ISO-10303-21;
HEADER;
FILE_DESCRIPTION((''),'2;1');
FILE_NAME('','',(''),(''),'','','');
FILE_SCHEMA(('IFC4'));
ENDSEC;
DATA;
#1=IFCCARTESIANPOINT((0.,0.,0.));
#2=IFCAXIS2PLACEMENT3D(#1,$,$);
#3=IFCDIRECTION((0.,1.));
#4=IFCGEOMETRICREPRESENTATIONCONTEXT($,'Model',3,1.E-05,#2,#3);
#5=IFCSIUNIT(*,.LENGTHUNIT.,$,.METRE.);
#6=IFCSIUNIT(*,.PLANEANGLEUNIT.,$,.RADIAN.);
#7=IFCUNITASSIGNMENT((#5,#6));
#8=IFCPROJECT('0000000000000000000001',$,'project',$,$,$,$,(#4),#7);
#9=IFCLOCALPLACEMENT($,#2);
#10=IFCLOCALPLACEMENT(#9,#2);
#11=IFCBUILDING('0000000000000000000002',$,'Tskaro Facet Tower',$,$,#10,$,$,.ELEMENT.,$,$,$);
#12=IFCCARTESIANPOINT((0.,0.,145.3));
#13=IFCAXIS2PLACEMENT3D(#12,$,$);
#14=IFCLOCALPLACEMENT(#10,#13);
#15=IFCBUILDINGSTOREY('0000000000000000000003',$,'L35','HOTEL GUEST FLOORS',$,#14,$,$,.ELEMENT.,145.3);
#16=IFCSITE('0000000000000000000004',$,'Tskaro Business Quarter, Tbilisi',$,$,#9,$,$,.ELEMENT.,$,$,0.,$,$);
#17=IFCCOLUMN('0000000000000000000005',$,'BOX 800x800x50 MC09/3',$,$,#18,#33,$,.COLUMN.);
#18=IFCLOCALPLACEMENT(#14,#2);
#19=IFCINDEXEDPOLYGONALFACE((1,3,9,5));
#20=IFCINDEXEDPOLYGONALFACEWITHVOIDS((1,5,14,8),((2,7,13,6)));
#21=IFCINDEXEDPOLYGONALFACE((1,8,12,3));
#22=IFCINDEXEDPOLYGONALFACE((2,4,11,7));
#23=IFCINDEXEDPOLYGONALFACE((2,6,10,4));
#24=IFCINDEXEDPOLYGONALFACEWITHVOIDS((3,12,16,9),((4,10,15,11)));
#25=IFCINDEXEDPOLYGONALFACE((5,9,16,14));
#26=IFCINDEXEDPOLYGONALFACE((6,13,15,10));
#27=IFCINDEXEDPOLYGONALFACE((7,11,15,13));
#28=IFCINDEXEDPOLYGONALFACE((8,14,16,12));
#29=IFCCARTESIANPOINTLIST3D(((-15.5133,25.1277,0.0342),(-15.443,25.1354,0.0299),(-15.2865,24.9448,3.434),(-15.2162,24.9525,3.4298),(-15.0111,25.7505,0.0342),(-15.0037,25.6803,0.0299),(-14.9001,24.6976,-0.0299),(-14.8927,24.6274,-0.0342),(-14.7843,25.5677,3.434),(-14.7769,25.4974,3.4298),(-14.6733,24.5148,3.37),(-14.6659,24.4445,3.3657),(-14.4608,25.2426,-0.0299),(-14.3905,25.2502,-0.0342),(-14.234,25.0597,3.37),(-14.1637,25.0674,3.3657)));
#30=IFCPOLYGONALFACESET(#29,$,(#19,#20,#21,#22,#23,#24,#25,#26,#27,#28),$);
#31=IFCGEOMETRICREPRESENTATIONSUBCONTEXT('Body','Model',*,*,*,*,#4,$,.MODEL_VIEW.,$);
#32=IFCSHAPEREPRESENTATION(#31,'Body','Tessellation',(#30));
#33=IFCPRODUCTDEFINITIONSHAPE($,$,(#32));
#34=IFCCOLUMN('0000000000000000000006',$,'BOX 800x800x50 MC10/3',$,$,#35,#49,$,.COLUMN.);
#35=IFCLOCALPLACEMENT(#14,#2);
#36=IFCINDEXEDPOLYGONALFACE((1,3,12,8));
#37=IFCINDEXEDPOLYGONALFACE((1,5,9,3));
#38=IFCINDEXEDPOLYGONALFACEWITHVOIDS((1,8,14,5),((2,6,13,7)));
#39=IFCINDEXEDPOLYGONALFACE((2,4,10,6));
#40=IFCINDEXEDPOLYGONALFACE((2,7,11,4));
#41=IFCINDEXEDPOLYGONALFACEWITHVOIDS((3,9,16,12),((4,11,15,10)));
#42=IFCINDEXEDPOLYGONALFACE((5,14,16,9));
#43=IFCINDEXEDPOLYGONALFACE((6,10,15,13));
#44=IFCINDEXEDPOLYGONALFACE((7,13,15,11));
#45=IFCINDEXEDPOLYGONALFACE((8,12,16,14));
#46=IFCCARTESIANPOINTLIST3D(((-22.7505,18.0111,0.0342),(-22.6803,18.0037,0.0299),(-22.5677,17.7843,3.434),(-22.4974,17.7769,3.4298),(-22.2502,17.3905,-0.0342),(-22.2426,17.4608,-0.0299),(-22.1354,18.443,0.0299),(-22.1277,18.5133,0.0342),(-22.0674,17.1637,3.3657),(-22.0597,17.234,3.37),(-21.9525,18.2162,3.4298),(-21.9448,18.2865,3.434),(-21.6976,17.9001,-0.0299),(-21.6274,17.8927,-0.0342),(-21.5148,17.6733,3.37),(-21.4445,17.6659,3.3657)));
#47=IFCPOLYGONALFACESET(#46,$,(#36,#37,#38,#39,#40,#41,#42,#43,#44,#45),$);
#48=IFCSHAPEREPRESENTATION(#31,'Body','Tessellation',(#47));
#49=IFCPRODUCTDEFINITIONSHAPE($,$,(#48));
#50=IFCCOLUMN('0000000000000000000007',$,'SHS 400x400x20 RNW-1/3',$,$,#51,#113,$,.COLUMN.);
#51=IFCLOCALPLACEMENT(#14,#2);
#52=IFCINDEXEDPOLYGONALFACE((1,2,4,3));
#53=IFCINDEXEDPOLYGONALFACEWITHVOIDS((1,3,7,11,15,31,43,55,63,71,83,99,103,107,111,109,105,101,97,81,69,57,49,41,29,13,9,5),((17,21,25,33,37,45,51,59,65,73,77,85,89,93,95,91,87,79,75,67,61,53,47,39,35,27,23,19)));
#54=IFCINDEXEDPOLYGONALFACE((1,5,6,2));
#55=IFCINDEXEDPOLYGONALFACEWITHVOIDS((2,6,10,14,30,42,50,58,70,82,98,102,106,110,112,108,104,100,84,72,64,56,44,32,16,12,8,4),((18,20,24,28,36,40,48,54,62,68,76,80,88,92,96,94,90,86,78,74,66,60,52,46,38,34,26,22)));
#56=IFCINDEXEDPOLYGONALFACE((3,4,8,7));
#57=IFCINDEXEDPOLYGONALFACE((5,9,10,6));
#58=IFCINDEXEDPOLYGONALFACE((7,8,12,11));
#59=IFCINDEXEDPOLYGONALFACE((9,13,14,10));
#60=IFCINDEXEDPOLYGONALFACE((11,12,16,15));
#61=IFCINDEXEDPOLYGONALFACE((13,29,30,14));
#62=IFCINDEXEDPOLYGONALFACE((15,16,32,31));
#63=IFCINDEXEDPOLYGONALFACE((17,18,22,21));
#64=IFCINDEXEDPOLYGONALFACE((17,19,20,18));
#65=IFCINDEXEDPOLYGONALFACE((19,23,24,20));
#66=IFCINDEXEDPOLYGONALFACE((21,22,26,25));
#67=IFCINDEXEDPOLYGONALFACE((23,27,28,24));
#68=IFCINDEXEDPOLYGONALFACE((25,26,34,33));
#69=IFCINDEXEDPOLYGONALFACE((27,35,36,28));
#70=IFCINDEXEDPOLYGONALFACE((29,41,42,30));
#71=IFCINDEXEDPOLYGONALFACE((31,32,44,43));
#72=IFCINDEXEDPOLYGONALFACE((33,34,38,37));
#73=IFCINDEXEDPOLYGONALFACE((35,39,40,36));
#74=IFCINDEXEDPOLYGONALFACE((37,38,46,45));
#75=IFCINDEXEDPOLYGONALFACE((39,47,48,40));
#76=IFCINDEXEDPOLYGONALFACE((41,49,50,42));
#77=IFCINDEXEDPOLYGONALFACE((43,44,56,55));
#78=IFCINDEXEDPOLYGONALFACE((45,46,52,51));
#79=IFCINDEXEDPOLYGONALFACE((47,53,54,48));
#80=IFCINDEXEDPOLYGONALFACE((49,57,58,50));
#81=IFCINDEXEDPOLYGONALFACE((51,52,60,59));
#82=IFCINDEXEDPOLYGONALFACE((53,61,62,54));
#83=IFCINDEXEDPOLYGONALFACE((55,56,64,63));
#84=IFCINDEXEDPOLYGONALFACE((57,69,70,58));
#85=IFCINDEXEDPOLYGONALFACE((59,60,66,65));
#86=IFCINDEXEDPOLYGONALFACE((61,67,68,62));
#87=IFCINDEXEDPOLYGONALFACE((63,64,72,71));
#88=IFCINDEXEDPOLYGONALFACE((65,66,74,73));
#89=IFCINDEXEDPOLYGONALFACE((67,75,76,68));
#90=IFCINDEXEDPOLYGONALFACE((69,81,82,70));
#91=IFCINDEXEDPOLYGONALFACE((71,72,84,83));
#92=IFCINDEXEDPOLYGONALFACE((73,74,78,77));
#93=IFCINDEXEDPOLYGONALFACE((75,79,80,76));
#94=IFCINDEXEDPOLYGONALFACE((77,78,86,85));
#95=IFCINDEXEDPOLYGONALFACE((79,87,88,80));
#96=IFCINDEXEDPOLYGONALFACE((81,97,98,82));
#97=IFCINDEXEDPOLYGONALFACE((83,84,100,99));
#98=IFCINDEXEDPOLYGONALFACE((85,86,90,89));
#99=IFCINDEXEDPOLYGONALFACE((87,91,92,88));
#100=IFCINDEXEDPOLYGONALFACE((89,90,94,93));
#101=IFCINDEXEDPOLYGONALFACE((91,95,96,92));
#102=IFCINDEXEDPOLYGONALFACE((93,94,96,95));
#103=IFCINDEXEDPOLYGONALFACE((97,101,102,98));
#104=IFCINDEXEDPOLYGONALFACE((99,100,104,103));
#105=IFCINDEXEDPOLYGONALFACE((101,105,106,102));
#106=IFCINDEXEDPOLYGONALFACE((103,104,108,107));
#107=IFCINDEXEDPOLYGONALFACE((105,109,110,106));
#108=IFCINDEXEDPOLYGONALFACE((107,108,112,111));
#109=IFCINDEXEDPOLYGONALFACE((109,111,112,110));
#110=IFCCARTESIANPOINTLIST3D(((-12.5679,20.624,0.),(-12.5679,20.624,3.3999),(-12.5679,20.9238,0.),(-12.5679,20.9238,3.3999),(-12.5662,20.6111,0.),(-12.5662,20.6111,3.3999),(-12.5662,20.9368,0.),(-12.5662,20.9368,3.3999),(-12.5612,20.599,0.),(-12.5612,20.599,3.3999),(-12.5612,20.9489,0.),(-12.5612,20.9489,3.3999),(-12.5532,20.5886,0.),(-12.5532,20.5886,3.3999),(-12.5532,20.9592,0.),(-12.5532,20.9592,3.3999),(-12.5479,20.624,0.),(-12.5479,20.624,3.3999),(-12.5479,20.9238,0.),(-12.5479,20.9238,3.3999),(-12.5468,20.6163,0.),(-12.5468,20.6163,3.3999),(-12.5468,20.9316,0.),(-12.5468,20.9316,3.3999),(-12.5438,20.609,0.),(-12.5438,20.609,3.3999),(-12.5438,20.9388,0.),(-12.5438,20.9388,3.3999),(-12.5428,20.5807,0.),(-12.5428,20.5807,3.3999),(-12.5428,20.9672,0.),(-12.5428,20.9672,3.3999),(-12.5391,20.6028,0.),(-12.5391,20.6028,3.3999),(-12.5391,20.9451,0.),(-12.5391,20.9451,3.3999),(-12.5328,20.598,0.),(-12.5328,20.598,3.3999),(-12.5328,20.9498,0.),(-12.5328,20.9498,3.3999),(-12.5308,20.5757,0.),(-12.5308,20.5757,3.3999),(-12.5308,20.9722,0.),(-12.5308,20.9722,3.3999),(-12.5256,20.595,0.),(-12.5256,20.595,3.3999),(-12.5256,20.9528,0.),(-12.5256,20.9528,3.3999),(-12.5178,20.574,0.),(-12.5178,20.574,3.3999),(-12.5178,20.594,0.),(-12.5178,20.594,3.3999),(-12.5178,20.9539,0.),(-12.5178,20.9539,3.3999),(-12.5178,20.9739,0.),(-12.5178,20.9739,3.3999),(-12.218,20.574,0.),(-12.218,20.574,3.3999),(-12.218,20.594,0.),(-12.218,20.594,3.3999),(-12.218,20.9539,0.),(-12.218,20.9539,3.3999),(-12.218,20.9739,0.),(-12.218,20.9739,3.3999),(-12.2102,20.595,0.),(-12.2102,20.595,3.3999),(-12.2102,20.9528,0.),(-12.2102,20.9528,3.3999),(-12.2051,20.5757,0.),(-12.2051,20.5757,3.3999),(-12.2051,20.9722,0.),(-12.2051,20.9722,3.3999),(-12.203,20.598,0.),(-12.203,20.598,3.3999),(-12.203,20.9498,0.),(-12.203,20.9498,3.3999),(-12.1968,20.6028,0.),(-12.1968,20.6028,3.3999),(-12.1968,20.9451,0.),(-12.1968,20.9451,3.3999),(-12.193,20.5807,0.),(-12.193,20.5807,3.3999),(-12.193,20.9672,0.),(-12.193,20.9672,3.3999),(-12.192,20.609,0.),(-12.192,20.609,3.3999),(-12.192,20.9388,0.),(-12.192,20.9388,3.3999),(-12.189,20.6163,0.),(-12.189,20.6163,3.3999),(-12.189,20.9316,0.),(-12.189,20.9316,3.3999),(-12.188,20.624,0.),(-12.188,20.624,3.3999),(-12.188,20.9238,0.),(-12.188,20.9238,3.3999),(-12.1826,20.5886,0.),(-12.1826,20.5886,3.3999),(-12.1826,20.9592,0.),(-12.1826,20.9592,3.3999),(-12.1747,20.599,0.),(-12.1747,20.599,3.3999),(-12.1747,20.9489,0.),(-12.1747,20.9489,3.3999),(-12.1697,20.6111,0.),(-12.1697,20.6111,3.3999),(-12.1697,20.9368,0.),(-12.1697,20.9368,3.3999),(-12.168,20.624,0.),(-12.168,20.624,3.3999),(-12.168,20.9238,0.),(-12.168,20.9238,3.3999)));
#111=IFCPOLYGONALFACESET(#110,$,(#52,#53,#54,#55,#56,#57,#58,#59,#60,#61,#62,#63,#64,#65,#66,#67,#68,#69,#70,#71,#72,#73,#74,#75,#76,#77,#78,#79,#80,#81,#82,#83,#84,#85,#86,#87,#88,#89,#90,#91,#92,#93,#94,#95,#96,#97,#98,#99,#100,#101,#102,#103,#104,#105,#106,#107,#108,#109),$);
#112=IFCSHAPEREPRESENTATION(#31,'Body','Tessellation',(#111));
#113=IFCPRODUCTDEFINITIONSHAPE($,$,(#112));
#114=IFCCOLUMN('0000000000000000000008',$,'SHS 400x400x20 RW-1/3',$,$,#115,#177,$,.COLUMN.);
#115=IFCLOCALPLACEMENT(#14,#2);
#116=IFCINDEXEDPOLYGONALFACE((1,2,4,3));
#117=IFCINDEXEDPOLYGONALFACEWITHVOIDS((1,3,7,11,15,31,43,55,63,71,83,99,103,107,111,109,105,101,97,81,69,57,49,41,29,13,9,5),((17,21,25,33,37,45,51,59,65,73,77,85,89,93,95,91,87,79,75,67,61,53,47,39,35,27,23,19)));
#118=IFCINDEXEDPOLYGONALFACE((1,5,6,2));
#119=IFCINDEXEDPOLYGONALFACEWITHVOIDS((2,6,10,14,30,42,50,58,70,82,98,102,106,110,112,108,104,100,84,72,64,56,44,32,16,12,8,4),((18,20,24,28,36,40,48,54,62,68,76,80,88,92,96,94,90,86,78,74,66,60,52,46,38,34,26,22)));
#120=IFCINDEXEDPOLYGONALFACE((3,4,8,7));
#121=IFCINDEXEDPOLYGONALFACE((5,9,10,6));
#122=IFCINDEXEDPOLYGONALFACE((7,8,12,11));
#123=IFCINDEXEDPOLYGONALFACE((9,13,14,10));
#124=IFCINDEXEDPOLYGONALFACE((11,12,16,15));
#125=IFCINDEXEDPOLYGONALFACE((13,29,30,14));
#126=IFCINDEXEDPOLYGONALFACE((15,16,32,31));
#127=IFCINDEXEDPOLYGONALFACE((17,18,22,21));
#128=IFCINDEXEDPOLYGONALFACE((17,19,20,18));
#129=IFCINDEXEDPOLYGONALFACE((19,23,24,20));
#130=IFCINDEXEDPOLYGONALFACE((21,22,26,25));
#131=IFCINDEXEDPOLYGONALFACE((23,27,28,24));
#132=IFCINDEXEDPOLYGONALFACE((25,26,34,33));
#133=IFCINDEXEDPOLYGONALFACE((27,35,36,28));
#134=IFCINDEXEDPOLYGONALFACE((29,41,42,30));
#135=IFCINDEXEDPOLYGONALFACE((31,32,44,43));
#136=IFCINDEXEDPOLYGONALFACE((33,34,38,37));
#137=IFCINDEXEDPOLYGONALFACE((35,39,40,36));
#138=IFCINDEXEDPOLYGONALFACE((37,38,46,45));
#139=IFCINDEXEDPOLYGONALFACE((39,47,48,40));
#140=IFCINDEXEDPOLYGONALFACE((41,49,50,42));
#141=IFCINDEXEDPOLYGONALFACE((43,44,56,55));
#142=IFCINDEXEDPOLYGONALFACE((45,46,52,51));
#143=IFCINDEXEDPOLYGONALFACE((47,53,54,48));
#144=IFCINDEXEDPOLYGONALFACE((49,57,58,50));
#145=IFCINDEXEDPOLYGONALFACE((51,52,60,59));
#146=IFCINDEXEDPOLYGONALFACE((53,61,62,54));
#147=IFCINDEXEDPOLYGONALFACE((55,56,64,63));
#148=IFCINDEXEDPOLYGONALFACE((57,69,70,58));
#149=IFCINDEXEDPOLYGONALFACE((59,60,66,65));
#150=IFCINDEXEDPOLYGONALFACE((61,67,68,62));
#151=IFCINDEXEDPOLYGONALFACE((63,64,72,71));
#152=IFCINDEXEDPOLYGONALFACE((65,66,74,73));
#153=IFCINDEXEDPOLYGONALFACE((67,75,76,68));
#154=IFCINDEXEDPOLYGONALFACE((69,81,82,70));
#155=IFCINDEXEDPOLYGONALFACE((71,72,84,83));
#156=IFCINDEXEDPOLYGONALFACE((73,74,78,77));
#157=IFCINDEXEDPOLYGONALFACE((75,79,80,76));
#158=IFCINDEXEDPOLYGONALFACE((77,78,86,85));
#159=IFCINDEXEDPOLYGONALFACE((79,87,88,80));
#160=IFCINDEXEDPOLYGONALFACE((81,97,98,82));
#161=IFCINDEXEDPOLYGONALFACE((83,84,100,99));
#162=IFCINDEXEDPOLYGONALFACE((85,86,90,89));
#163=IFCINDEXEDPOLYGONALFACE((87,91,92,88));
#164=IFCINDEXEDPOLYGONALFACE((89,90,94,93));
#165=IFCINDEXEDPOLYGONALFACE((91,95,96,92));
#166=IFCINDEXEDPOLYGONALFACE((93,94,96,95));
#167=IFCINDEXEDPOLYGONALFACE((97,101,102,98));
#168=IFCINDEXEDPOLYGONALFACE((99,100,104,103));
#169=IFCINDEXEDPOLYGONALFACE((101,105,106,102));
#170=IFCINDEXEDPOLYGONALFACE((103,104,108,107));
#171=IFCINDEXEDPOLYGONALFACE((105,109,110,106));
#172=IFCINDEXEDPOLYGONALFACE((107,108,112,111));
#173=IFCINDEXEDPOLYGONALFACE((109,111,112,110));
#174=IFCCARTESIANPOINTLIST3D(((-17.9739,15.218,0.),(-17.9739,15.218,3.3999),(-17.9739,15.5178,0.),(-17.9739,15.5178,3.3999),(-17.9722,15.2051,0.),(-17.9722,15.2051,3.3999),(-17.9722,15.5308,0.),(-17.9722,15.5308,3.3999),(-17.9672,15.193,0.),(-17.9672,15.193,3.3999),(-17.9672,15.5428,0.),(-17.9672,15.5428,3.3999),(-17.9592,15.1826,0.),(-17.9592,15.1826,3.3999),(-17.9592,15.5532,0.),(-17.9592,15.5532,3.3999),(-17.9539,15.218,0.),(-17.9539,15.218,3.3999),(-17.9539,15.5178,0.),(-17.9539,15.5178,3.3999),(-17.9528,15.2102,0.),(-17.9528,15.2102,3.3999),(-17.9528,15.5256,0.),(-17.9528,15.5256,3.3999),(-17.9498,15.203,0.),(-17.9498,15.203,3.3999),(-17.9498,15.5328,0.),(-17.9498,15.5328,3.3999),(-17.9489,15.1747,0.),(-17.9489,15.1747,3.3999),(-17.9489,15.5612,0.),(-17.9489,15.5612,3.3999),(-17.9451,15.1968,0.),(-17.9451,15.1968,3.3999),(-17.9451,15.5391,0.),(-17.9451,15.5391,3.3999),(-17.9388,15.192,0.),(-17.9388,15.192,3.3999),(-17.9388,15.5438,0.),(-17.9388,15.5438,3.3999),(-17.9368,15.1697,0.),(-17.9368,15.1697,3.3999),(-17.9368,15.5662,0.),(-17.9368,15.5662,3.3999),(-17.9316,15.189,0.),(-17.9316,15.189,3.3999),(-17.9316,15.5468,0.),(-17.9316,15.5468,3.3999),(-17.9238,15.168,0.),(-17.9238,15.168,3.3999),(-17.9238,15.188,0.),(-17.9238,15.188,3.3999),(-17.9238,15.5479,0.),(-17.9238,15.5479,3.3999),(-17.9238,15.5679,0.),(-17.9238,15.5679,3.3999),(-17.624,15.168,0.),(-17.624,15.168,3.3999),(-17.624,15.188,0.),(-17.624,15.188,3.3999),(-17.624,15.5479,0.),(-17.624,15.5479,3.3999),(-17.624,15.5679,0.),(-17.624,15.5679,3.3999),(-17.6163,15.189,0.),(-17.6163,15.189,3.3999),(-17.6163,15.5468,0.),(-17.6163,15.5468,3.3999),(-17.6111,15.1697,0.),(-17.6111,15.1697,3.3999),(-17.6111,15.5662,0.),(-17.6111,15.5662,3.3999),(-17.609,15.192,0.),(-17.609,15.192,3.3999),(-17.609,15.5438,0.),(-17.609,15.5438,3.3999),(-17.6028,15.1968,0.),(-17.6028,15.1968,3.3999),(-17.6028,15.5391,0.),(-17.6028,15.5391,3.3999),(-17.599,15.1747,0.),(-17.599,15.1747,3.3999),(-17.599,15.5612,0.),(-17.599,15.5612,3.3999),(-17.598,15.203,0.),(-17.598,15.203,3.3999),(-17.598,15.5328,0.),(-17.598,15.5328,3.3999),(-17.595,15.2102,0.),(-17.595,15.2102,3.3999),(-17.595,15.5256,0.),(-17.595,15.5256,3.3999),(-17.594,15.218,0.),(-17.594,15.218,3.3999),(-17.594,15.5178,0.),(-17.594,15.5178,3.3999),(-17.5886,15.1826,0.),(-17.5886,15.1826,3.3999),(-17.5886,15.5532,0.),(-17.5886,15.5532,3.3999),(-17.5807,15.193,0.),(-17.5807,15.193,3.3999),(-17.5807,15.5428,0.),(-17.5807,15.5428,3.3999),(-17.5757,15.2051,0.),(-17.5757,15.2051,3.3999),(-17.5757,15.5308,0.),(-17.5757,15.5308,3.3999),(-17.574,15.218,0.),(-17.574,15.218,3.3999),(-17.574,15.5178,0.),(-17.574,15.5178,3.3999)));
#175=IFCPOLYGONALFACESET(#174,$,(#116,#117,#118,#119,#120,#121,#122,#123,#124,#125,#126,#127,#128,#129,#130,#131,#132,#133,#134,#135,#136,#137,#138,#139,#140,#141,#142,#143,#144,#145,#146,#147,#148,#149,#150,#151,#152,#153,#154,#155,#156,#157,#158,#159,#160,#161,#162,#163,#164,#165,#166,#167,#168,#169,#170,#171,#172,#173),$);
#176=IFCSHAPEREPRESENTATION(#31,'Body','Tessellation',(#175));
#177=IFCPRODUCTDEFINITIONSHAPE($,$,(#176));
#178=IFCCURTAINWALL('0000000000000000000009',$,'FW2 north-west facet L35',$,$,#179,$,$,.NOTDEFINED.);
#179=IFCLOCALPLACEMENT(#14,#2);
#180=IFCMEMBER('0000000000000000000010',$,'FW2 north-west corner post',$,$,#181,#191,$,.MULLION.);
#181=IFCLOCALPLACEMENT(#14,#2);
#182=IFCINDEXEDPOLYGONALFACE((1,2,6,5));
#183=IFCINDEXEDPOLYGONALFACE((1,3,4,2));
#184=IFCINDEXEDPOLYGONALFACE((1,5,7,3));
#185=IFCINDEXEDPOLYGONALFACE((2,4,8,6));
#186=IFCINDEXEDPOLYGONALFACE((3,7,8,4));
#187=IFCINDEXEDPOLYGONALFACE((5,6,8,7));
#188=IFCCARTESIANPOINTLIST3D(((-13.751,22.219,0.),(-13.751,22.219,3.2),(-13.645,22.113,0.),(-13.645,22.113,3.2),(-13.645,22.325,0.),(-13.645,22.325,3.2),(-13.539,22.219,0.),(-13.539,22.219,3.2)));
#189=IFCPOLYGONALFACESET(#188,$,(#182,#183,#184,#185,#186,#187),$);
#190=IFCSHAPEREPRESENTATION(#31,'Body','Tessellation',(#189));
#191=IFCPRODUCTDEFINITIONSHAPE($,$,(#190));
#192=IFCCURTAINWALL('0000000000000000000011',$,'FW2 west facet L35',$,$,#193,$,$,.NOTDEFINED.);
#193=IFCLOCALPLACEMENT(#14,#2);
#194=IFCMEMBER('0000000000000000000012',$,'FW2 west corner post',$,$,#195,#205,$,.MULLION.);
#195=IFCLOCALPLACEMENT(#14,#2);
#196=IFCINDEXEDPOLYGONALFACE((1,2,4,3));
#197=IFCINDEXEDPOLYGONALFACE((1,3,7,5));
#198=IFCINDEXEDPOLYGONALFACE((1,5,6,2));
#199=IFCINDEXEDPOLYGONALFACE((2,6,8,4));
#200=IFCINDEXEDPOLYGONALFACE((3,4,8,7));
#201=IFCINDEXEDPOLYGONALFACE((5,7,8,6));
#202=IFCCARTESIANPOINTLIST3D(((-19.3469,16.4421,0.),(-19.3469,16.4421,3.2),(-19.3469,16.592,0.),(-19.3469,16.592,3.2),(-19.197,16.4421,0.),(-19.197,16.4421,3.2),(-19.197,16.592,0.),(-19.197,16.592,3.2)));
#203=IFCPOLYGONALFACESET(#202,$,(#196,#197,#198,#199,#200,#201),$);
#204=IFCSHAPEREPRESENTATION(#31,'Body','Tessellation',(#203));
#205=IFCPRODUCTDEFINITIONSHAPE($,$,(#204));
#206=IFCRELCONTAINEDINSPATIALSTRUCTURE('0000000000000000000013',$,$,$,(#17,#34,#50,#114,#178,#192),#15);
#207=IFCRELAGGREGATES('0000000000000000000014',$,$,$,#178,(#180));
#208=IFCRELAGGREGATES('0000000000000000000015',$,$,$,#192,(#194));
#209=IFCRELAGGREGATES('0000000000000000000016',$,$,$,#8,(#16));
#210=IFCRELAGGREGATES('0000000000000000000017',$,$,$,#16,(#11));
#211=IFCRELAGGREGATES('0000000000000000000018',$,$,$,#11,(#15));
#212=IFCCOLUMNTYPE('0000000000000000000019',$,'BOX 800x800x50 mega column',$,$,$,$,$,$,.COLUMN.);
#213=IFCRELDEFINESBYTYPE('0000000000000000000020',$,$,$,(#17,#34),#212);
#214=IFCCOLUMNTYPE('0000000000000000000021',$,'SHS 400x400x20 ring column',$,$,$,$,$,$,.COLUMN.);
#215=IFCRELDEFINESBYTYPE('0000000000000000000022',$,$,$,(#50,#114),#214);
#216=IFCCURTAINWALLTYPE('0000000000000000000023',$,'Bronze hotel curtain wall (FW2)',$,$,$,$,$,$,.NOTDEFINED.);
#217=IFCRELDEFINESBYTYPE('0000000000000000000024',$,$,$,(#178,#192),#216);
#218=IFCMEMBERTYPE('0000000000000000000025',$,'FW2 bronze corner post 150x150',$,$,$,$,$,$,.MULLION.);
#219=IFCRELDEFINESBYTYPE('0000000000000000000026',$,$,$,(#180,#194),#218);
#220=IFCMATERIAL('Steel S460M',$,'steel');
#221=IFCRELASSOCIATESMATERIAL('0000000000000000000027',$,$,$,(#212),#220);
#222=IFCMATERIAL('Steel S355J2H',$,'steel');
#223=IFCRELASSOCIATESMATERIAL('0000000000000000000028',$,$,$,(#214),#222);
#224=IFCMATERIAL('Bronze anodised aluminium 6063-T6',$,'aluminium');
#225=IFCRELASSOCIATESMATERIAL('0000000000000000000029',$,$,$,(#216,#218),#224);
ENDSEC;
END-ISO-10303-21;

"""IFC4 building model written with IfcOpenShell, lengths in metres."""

from ifc_helpers import new_model, si_unit, direction, frame, origin, origin_2d, place, context, subcontext, project, spatial, rectangle, hollow_rectangle, extrude, material, material_profile, profile_set, type_object, element, aggregate, save


model = new_model("IFC4")

# Units and contexts
model_context = context("Model", 3, precision=1e-05, world=origin(), true_north=direction((0.0, 1.0)))
body_context = subcontext(model_context, "Body", "Model", "MODEL_VIEW")
ifc_project = project(units=[si_unit("LENGTHUNIT", "METRE"), si_unit("PLANEANGLEUNIT", "RADIAN")], contexts=[model_context])

# Site, building, storey
site_placement = place(None, origin())
site = spatial("IfcSite", under=ifc_project, at=site_placement, Name="Tskaro Business Quarter, Tbilisi", CompositionType="ELEMENT", RefElevation=0.0)
building_placement = place(site_placement, origin())
building = spatial("IfcBuilding", under=site, at=building_placement, Name="Tskaro Facet Tower", CompositionType="ELEMENT")
storey_placement = place(building_placement, frame((0.0, 0.0, 145.3)))
storey = spatial("IfcBuildingStorey", under=building, at=storey_placement, Name="L35", Description="HOTEL GUEST FLOORS", CompositionType="ELEMENT", Elevation=145.3)

# Columns
ifc_material_1 = material(Name="Steel S460M", Category="steel")
ifc_material_profile_1 = material_profile(ifc_material_1, hollow_rectangle(XDim=0.8, YDim=0.8, WallThickness=0.05, at=origin_2d()), Name="BOX 800x800x50")
ifc_profile_set_1 = profile_set([ifc_material_profile_1], Name="Steel S460M")
column_type_1 = type_object("IfcColumnType", Name="BOX 800x800x50 mega column", PredefinedType="COLUMN", material=ifc_profile_set_1)
for number, where, z_axis, x_axis, name in (
    (1, (-14.9519, 25.189, 0.0), (0.066466, -0.053588, 0.996349), (0.627654, 0.778492, 0.0), "BOX 800x800x50 MC09/3"),
    (2, (-22.189, 17.9519, 0.0), (0.053588, -0.066466, 0.996349), (0.778492, 0.627654, 0.0), "BOX 800x800x50 MC10/3"),
):
    element("IfcColumn", number, at=place(storey_placement, frame(where, z_axis=z_axis, x_axis=x_axis)), inside=storey, type_object=column_type_1, Name=name, PredefinedType="COLUMN", context=body_context, shape_type="SweptSolid", body=[
        extrude(hollow_rectangle(XDim=0.8, YDim=0.8, WallThickness=0.05, at=origin_2d()), origin(), (0.0, 0.0, 1.0), 3.4124),
    ])
ifc_material_2 = material(Name="Steel S355J2H", Category="steel")
ifc_material_profile_2 = material_profile(ifc_material_2, hollow_rectangle(XDim=0.3999, YDim=0.3999, WallThickness=0.02, InnerFilletRadius=0.03, OuterFilletRadius=0.05, at=origin_2d()), Name="SHS 400x400x20")
ifc_profile_set_2 = profile_set([ifc_material_profile_2], Name="Steel S355J2H")
column_type_2 = type_object("IfcColumnType", Name="SHS 400x400x20 ring column", PredefinedType="COLUMN", material=ifc_profile_set_2)
for number, where, z_axis, x_axis, name in (
    (3, (-12.3679, 20.7739, 0.0), (0.0, 0.0, 1.0), (1.0, 0.0, 0.0), "SHS 400x400x20 RNW-1/3"),
    (4, (-17.7739, 15.3679, 0.0), (0.0, 0.0, 1.0), (1.0, 0.0, 0.0), "SHS 400x400x20 RW-1/3"),
):
    element("IfcColumn", number, at=place(storey_placement, frame(where, z_axis=z_axis, x_axis=x_axis)), inside=storey, type_object=column_type_2, Name=name, PredefinedType="COLUMN", context=body_context, shape_type="SweptSolid", body=[
        extrude(hollow_rectangle(XDim=0.3999, YDim=0.3999, WallThickness=0.02, InnerFilletRadius=0.03, OuterFilletRadius=0.05, at=origin_2d()), origin(), (0.0, 0.0, 1.0), 3.3999),
    ])

# Curtain wall, member
ifc_material_3 = material(Name="Bronze anodised aluminium 6063-T6", Category="aluminium")
curtain_wall_type = type_object("IfcCurtainWallType", Name="Bronze hotel curtain wall (FW2)", PredefinedType="NOTDEFINED", material=ifc_material_3)
curtain_wall_1_placement = place(storey_placement, origin())
curtain_wall_1 = element("IfcCurtainWall", 5, at=curtain_wall_1_placement, inside=storey, type_object=curtain_wall_type, Name="FW2 north-west facet L35", PredefinedType="NOTDEFINED")
ifc_material_profile_3 = material_profile(ifc_material_3, rectangle(XDim=0.1499, YDim=0.1499, at=origin_2d()), Name="Corner post 150x150")
ifc_profile_set_3 = profile_set([ifc_material_profile_3], Name="Bronze anodised aluminium 6063-T6")
member_type_1 = type_object("IfcMemberType", Name="FW2 bronze corner post 150x150", PredefinedType="MULLION", material=ifc_profile_set_3)
member_1_placement = place(storey_placement, frame((-13.645, 22.219, 0.0), z_axis=(0.0, 0.0, 1.0), x_axis=(-0.707107, -0.707107, 0.0)))
member_1 = element("IfcMember", 6, at=member_1_placement, type_object=member_type_1, Name="FW2 north-west corner post", PredefinedType="MULLION", context=body_context, shape_type="SweptSolid", body=[
    extrude(rectangle(XDim=0.1499, YDim=0.1499, at=origin_2d()), origin(), (0.0, 0.0, 1.0), 3.2),
])

# Curtain wall, member
curtain_wall_2_placement = place(storey_placement, origin())
curtain_wall_2 = element("IfcCurtainWall", 7, at=curtain_wall_2_placement, inside=storey, type_object=curtain_wall_type, Name="FW2 west facet L35", PredefinedType="NOTDEFINED")
member_2_placement = place(storey_placement, frame((-19.272, 16.5171, 0.0), z_axis=(0.0, 0.0, 1.0), x_axis=(0.0, -1.0, 0.0)))
member_2 = element("IfcMember", 8, at=member_2_placement, type_object=member_type_1, Name="FW2 west corner post", PredefinedType="MULLION", context=body_context, shape_type="SweptSolid", body=[
    extrude(rectangle(XDim=0.1499, YDim=0.1499, at=origin_2d()), origin(), (0.0, 0.0, 1.0), 3.2),
])

aggregate(curtain_wall_1, [member_1])
aggregate(curtain_wall_2, [member_2])

save(model, "model.ifc")
